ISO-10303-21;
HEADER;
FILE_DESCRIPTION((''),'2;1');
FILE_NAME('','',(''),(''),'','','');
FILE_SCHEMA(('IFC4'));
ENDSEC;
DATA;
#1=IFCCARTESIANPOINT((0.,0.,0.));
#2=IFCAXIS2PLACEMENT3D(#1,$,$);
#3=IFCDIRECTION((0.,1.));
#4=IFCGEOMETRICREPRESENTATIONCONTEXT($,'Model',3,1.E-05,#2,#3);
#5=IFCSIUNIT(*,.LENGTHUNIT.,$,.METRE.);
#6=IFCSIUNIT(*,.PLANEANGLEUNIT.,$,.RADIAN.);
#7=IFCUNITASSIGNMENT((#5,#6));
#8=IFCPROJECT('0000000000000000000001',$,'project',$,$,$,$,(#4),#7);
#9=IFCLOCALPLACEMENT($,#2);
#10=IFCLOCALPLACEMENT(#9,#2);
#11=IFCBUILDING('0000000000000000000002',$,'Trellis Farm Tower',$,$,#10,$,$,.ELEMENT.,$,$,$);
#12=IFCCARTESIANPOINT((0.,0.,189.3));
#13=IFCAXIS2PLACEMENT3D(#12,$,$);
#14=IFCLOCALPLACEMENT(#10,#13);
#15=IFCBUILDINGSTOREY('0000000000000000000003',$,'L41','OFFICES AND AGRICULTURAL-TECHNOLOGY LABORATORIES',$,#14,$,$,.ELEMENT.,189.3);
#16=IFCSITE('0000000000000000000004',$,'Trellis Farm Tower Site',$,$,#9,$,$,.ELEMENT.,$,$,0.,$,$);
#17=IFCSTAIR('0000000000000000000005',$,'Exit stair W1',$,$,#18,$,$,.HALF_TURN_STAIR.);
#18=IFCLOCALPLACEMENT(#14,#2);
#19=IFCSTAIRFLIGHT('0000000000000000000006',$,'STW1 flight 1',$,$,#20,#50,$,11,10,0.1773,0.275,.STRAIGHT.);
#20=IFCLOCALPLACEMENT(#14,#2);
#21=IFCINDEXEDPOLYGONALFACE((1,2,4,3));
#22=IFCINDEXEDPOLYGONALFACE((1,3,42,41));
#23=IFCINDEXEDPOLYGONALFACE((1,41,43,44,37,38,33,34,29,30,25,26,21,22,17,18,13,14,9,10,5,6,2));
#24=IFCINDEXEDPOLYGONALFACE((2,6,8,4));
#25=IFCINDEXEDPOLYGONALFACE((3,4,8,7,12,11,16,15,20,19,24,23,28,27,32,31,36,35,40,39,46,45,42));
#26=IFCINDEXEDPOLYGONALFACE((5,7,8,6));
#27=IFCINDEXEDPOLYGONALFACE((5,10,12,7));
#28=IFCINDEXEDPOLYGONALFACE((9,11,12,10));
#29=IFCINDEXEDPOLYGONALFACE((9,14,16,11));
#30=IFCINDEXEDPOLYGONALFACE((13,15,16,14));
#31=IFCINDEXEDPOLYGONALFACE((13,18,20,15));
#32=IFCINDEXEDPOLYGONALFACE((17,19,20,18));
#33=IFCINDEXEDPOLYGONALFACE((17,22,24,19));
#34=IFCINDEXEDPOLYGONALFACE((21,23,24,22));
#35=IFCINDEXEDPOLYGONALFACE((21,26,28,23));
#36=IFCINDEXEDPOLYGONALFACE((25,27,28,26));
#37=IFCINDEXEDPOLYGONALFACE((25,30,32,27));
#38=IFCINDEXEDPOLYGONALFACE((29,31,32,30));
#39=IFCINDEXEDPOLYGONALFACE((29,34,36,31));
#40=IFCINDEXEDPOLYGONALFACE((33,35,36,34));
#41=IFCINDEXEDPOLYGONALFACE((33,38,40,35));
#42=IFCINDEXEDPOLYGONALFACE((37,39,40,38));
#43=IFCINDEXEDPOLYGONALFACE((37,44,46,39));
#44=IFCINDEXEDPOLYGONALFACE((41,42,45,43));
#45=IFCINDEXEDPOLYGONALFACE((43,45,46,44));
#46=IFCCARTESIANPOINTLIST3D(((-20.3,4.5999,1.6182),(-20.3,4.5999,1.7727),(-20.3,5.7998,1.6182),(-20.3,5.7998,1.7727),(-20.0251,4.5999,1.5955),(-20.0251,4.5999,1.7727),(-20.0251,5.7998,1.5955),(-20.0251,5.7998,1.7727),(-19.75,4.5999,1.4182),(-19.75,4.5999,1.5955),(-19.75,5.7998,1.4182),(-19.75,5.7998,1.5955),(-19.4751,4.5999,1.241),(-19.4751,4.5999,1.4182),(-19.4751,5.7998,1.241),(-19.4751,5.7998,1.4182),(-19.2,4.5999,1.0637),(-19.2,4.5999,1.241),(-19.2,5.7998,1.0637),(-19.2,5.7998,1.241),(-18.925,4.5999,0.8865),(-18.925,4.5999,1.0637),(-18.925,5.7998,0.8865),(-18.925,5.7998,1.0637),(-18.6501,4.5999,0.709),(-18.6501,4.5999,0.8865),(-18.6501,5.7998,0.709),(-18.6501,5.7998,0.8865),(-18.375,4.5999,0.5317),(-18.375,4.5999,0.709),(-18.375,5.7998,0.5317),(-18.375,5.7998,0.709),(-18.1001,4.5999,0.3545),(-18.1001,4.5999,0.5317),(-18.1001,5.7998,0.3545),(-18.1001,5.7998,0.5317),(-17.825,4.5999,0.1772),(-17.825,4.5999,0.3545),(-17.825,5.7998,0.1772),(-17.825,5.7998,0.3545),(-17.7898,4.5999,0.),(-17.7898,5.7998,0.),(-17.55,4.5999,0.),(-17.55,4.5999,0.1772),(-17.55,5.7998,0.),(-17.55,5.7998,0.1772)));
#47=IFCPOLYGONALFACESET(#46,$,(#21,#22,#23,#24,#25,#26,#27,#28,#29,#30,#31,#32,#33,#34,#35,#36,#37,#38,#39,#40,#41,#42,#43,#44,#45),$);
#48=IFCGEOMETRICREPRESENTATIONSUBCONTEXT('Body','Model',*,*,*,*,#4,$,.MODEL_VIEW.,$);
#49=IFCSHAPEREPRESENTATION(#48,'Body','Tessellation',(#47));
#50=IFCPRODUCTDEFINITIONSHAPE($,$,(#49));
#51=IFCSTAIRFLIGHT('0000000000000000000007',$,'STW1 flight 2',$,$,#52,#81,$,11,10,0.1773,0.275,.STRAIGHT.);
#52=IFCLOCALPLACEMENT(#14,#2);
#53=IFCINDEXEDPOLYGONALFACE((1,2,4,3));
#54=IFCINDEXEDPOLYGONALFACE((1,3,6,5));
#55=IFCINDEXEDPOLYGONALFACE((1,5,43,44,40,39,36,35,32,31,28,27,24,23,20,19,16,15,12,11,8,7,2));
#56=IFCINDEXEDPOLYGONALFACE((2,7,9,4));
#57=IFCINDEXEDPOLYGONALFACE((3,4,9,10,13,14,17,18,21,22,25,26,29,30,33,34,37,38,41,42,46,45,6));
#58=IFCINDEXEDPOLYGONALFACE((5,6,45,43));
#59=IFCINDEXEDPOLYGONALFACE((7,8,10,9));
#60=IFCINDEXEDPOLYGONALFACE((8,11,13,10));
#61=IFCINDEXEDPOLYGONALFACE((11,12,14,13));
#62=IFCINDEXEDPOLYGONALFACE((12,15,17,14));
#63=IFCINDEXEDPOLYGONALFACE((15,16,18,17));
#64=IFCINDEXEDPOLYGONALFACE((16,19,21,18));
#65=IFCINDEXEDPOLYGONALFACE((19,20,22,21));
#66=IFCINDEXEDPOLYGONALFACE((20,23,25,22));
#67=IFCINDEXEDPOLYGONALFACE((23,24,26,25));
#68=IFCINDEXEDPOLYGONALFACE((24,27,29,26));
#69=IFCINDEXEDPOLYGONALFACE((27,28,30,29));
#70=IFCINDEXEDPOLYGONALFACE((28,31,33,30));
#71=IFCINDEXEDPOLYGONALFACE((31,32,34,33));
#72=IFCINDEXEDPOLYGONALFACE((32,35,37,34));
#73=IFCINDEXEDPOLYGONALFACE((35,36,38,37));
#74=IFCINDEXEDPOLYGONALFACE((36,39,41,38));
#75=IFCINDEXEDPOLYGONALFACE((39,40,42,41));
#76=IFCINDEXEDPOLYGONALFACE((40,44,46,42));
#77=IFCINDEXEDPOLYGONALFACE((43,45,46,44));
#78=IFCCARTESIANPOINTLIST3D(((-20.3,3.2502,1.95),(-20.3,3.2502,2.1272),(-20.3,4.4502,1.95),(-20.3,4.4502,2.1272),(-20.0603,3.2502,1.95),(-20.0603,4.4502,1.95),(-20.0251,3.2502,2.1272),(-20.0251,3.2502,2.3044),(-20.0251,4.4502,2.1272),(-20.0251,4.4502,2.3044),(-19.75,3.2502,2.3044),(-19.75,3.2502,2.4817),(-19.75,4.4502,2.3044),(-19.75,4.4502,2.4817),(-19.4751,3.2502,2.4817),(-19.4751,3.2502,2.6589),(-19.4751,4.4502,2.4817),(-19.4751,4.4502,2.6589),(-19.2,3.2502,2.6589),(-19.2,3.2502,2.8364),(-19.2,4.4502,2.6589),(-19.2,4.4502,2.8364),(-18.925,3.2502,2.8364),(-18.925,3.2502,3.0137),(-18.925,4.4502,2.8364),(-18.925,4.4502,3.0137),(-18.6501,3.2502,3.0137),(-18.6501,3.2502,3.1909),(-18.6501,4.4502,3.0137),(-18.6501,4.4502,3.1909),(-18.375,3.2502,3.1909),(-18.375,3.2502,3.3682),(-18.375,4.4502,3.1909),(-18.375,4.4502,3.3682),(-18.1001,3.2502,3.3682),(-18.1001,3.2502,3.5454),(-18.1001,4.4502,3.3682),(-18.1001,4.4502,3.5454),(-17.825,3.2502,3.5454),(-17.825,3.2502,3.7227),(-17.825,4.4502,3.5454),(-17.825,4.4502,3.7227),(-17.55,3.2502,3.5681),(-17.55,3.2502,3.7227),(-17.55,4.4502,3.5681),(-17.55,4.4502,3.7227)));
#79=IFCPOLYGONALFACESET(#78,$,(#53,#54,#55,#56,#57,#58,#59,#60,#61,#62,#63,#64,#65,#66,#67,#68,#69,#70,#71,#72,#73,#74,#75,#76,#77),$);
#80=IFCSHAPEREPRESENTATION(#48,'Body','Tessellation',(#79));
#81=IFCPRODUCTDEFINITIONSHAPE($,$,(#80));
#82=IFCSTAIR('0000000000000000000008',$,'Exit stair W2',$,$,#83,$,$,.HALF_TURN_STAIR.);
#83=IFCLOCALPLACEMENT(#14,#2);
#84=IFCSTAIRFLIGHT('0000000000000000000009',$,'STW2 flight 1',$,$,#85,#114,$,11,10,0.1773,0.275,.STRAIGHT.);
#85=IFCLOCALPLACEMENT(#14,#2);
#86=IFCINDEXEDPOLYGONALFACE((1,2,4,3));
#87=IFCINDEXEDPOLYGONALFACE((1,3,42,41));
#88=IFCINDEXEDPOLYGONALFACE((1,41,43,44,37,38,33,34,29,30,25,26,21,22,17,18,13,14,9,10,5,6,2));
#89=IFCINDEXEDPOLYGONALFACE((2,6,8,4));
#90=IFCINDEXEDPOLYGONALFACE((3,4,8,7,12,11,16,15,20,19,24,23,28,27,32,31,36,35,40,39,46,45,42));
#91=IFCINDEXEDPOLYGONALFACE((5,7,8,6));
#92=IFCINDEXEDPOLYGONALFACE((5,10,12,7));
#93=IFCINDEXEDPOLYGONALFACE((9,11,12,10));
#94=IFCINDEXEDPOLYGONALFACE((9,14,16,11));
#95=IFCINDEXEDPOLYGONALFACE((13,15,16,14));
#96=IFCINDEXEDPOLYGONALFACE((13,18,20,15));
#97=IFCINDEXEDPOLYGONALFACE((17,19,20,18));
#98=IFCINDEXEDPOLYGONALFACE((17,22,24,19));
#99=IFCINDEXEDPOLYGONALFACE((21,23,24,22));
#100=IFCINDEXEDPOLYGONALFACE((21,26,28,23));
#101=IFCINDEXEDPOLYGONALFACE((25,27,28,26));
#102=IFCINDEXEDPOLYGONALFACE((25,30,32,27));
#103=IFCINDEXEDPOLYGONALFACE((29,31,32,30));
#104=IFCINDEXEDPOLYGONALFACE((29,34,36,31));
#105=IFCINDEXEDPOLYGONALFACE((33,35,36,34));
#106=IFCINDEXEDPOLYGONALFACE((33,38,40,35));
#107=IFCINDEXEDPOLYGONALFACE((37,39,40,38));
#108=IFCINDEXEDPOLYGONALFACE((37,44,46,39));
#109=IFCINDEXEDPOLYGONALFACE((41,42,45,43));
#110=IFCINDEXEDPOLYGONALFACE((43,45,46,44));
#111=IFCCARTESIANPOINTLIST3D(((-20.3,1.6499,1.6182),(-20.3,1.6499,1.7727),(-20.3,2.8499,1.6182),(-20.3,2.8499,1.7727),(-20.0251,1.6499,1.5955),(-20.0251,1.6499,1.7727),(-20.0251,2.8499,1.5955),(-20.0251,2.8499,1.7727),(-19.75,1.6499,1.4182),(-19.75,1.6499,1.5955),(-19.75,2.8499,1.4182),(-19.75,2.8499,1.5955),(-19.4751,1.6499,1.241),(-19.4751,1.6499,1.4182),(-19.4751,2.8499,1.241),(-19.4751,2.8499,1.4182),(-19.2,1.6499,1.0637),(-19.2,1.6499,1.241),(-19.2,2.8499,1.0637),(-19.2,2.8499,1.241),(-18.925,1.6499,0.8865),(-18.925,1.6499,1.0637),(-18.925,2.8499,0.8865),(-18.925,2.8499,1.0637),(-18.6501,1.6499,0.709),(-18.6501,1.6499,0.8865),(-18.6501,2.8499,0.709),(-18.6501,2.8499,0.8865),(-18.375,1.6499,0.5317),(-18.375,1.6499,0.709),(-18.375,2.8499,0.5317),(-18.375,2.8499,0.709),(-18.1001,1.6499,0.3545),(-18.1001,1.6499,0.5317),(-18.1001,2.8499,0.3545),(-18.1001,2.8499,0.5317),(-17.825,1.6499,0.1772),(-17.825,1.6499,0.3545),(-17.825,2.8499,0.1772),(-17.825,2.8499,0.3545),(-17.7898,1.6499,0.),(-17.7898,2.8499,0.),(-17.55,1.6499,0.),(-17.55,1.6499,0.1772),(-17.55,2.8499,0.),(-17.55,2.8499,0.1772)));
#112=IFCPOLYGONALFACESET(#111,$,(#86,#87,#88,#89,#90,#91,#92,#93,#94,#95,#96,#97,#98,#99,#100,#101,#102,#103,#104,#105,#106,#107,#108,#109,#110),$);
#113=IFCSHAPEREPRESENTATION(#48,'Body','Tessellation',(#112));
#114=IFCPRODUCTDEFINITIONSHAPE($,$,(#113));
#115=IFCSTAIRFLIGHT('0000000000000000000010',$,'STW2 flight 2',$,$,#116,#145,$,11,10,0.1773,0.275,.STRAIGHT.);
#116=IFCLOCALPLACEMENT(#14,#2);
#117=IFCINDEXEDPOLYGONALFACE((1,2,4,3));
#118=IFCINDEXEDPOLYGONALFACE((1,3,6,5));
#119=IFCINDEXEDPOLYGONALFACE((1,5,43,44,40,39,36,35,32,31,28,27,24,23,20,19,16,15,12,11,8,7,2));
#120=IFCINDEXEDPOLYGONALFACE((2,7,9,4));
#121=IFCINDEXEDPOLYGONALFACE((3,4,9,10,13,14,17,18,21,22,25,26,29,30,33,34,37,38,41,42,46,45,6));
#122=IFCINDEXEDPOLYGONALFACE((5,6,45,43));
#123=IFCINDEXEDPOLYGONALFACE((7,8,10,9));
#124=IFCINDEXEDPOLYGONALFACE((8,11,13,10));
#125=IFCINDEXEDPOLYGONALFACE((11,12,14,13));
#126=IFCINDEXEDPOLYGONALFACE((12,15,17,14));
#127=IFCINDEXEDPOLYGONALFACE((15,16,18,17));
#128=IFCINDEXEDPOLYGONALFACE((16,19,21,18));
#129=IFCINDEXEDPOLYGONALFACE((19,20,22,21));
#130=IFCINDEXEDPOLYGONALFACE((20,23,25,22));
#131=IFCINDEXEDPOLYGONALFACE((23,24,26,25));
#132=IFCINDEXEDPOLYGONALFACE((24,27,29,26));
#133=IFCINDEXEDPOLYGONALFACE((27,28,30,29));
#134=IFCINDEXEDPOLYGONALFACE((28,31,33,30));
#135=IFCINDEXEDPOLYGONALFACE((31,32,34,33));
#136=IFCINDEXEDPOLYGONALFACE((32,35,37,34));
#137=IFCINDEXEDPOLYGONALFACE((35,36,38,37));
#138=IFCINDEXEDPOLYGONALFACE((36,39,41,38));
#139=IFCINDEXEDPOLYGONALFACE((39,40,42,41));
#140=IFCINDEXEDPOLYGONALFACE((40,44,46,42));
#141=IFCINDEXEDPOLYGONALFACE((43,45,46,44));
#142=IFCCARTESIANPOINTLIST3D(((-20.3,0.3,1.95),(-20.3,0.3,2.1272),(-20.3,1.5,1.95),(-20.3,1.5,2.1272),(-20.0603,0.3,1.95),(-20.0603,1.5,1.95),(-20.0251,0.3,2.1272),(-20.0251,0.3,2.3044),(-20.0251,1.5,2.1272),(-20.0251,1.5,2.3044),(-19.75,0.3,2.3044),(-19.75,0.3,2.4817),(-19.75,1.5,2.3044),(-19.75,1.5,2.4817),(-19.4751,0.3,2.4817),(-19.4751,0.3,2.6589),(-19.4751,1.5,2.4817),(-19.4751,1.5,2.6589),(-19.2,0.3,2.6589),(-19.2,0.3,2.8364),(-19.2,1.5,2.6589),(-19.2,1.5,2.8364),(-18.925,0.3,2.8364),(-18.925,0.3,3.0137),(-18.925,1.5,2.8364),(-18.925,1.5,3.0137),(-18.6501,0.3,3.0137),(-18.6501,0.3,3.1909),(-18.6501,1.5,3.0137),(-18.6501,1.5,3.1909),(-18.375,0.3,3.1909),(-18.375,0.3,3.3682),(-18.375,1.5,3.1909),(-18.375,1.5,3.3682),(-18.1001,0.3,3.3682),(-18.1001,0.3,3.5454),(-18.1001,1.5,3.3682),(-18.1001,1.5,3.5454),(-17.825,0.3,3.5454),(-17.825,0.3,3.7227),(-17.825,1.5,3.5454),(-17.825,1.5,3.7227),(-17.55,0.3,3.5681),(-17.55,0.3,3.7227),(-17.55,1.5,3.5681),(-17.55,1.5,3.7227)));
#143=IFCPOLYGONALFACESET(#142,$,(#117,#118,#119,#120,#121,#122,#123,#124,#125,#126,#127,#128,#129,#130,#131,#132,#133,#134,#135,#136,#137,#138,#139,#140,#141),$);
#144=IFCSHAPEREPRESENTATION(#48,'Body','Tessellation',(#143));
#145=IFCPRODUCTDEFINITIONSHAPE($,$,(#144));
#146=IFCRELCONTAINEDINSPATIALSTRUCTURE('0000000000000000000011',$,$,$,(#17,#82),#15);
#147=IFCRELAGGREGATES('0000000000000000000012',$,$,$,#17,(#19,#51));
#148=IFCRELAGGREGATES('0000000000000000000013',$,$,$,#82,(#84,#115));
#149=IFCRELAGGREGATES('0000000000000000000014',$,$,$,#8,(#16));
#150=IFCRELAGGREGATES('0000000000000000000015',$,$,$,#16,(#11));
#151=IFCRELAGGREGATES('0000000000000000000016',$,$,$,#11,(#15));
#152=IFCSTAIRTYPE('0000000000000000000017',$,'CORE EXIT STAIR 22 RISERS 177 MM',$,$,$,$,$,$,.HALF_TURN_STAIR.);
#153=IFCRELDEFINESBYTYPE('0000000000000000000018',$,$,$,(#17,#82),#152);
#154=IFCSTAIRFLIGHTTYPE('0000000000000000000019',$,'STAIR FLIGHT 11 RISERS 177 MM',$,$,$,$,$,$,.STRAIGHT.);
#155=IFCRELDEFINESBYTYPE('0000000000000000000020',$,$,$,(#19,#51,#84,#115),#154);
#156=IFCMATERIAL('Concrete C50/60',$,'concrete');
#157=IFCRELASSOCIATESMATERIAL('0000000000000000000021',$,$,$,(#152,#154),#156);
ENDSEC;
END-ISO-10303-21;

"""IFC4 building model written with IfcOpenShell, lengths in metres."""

from ifc_helpers import new_model, si_unit, direction, frame, origin, place, context, subcontext, project, spatial, polyline, outline, extrude, source, transform, mapped, material, type_object, element, aggregate, save


model = new_model("IFC4")

# Units and contexts
model_context = context("Model", 3, precision=1e-05, world=origin(), true_north=direction((0.0, 1.0)))
body_context = subcontext(model_context, "Body", "Model", "MODEL_VIEW")
ifc_project = project(units=[si_unit("LENGTHUNIT", "METRE"), si_unit("PLANEANGLEUNIT", "RADIAN")], contexts=[model_context])

# Site, building, storey
site_placement = place(None, origin())
site = spatial("IfcSite", under=ifc_project, at=site_placement, Name="Trellis Farm Tower Site", CompositionType="ELEMENT", RefElevation=0.0)
building_placement = place(site_placement, origin())
building = spatial("IfcBuilding", under=site, at=building_placement, Name="Trellis Farm Tower", CompositionType="ELEMENT")
storey_placement = place(building_placement, frame((0.0, 0.0, 189.3)))
storey = spatial("IfcBuildingStorey", under=building, at=storey_placement, Name="L41", Description="OFFICES AND AGRICULTURAL-TECHNOLOGY LABORATORIES", CompositionType="ELEMENT", Elevation=189.3)

# Shared definitions
placement = place(storey_placement, origin())

# Stairs, stair flights
ifc_material_1 = material(Name="Concrete C50/60", Category="concrete")
stair_type = type_object("IfcStairType", Name="CORE EXIT STAIR 22 RISERS 177 MM", PredefinedType="HALF_TURN_STAIR", material=ifc_material_1)
stair_1 = element("IfcStair", 1, at=placement, inside=storey, type_object=stair_type, Name="Exit stair W1", PredefinedType="HALF_TURN_STAIR")
stair_flight_type = type_object("IfcStairFlightType", Name="STAIR FLIGHT 11 RISERS 177 MM", PredefinedType="STRAIGHT", material=ifc_material_1)
shared_shape_1 = source(origin(), body_context, "Body", "SweptSolid", [
    extrude(outline(polyline([(0.0, 0.0), (0.0, 0.1772), (0.2749, 0.1772), (0.2749, 0.3545), (0.55, 0.3545), (0.55, 0.5317), (0.825, 0.5317), (0.825, 0.709), (1.1001, 0.709), (1.1001, 0.8865), (1.375, 0.8865), (1.375, 1.0637), (1.6499, 1.0637), (1.6499, 1.241), (1.925, 1.241), (1.925, 1.4182), (2.2, 1.4182), (2.2, 1.5955), (2.4751, 1.5955), (2.4751, 1.7727), (2.75, 1.7727), (2.75, 1.95), (2.75, 1.6182), (0.2397, 0.0), (0.0, 0.0)])), frame((0.0, 0.6001, 0.0), z_axis=(0.0, -1.0, 0.0), x_axis=(1.0, 0.0, 0.0)), (0.0, 0.0, 1.0), 1.2),
])
stair_flight_1_placement = place(storey_placement, frame((-17.55, 5.2, 0.0), z_axis=(0.0, 0.0, 1.0), x_axis=(-1.0, 0.0, 0.0)))
stair_flight_1 = element("IfcStairFlight", 2, at=stair_flight_1_placement, type_object=stair_flight_type, Name="STW1 flight 1", NumberOfRisers=11, NumberOfTreads=10, PredefinedType="STRAIGHT", RiserHeight=0.1773, TreadLength=0.275, context=body_context, shape_type="MappedRepresentation", body=[
    mapped(shared_shape_1, transform((0.0, 0.0, 0.0))),
])
stair_flight_2_placement = place(storey_placement, frame((-20.3, 3.8501, 1.95), z_axis=(0.0, 0.0, 1.0), x_axis=(1.0, 0.0, 0.0)))
stair_flight_2 = element("IfcStairFlight", 3, at=stair_flight_2_placement, type_object=stair_flight_type, Name="STW1 flight 2", NumberOfRisers=11, NumberOfTreads=10, PredefinedType="STRAIGHT", RiserHeight=0.1773, TreadLength=0.275, context=body_context, shape_type="MappedRepresentation", body=[
    mapped(shared_shape_1, transform((0.0, 0.0, 0.0))),
])
aggregate(stair_1, [stair_flight_1, stair_flight_2])
stair_2 = element("IfcStair", 4, at=placement, inside=storey, type_object=stair_type, Name="Exit stair W2", PredefinedType="HALF_TURN_STAIR")
stair_flight_3_placement = place(storey_placement, frame((-17.55, 2.25, 0.0), z_axis=(0.0, 0.0, 1.0), x_axis=(-1.0, 0.0, 0.0)))
stair_flight_3 = element("IfcStairFlight", 5, at=stair_flight_3_placement, type_object=stair_flight_type, Name="STW2 flight 1", NumberOfRisers=11, NumberOfTreads=10, PredefinedType="STRAIGHT", RiserHeight=0.1773, TreadLength=0.275, context=body_context, shape_type="MappedRepresentation", body=[
    mapped(shared_shape_1, transform((0.0, 0.0, 0.0))),
])
stair_flight_4_placement = place(storey_placement, frame((-20.3, 0.8999, 1.95), z_axis=(0.0, 0.0, 1.0), x_axis=(1.0, 0.0, 0.0)))
stair_flight_4 = element("IfcStairFlight", 6, at=stair_flight_4_placement, type_object=stair_flight_type, Name="STW2 flight 2", NumberOfRisers=11, NumberOfTreads=10, PredefinedType="STRAIGHT", RiserHeight=0.1773, TreadLength=0.275, context=body_context, shape_type="MappedRepresentation", body=[
    mapped(shared_shape_1, transform((0.0, 0.0, 0.0))),
])
aggregate(stair_2, [stair_flight_3, stair_flight_4])

save(model, "model.ifc")
